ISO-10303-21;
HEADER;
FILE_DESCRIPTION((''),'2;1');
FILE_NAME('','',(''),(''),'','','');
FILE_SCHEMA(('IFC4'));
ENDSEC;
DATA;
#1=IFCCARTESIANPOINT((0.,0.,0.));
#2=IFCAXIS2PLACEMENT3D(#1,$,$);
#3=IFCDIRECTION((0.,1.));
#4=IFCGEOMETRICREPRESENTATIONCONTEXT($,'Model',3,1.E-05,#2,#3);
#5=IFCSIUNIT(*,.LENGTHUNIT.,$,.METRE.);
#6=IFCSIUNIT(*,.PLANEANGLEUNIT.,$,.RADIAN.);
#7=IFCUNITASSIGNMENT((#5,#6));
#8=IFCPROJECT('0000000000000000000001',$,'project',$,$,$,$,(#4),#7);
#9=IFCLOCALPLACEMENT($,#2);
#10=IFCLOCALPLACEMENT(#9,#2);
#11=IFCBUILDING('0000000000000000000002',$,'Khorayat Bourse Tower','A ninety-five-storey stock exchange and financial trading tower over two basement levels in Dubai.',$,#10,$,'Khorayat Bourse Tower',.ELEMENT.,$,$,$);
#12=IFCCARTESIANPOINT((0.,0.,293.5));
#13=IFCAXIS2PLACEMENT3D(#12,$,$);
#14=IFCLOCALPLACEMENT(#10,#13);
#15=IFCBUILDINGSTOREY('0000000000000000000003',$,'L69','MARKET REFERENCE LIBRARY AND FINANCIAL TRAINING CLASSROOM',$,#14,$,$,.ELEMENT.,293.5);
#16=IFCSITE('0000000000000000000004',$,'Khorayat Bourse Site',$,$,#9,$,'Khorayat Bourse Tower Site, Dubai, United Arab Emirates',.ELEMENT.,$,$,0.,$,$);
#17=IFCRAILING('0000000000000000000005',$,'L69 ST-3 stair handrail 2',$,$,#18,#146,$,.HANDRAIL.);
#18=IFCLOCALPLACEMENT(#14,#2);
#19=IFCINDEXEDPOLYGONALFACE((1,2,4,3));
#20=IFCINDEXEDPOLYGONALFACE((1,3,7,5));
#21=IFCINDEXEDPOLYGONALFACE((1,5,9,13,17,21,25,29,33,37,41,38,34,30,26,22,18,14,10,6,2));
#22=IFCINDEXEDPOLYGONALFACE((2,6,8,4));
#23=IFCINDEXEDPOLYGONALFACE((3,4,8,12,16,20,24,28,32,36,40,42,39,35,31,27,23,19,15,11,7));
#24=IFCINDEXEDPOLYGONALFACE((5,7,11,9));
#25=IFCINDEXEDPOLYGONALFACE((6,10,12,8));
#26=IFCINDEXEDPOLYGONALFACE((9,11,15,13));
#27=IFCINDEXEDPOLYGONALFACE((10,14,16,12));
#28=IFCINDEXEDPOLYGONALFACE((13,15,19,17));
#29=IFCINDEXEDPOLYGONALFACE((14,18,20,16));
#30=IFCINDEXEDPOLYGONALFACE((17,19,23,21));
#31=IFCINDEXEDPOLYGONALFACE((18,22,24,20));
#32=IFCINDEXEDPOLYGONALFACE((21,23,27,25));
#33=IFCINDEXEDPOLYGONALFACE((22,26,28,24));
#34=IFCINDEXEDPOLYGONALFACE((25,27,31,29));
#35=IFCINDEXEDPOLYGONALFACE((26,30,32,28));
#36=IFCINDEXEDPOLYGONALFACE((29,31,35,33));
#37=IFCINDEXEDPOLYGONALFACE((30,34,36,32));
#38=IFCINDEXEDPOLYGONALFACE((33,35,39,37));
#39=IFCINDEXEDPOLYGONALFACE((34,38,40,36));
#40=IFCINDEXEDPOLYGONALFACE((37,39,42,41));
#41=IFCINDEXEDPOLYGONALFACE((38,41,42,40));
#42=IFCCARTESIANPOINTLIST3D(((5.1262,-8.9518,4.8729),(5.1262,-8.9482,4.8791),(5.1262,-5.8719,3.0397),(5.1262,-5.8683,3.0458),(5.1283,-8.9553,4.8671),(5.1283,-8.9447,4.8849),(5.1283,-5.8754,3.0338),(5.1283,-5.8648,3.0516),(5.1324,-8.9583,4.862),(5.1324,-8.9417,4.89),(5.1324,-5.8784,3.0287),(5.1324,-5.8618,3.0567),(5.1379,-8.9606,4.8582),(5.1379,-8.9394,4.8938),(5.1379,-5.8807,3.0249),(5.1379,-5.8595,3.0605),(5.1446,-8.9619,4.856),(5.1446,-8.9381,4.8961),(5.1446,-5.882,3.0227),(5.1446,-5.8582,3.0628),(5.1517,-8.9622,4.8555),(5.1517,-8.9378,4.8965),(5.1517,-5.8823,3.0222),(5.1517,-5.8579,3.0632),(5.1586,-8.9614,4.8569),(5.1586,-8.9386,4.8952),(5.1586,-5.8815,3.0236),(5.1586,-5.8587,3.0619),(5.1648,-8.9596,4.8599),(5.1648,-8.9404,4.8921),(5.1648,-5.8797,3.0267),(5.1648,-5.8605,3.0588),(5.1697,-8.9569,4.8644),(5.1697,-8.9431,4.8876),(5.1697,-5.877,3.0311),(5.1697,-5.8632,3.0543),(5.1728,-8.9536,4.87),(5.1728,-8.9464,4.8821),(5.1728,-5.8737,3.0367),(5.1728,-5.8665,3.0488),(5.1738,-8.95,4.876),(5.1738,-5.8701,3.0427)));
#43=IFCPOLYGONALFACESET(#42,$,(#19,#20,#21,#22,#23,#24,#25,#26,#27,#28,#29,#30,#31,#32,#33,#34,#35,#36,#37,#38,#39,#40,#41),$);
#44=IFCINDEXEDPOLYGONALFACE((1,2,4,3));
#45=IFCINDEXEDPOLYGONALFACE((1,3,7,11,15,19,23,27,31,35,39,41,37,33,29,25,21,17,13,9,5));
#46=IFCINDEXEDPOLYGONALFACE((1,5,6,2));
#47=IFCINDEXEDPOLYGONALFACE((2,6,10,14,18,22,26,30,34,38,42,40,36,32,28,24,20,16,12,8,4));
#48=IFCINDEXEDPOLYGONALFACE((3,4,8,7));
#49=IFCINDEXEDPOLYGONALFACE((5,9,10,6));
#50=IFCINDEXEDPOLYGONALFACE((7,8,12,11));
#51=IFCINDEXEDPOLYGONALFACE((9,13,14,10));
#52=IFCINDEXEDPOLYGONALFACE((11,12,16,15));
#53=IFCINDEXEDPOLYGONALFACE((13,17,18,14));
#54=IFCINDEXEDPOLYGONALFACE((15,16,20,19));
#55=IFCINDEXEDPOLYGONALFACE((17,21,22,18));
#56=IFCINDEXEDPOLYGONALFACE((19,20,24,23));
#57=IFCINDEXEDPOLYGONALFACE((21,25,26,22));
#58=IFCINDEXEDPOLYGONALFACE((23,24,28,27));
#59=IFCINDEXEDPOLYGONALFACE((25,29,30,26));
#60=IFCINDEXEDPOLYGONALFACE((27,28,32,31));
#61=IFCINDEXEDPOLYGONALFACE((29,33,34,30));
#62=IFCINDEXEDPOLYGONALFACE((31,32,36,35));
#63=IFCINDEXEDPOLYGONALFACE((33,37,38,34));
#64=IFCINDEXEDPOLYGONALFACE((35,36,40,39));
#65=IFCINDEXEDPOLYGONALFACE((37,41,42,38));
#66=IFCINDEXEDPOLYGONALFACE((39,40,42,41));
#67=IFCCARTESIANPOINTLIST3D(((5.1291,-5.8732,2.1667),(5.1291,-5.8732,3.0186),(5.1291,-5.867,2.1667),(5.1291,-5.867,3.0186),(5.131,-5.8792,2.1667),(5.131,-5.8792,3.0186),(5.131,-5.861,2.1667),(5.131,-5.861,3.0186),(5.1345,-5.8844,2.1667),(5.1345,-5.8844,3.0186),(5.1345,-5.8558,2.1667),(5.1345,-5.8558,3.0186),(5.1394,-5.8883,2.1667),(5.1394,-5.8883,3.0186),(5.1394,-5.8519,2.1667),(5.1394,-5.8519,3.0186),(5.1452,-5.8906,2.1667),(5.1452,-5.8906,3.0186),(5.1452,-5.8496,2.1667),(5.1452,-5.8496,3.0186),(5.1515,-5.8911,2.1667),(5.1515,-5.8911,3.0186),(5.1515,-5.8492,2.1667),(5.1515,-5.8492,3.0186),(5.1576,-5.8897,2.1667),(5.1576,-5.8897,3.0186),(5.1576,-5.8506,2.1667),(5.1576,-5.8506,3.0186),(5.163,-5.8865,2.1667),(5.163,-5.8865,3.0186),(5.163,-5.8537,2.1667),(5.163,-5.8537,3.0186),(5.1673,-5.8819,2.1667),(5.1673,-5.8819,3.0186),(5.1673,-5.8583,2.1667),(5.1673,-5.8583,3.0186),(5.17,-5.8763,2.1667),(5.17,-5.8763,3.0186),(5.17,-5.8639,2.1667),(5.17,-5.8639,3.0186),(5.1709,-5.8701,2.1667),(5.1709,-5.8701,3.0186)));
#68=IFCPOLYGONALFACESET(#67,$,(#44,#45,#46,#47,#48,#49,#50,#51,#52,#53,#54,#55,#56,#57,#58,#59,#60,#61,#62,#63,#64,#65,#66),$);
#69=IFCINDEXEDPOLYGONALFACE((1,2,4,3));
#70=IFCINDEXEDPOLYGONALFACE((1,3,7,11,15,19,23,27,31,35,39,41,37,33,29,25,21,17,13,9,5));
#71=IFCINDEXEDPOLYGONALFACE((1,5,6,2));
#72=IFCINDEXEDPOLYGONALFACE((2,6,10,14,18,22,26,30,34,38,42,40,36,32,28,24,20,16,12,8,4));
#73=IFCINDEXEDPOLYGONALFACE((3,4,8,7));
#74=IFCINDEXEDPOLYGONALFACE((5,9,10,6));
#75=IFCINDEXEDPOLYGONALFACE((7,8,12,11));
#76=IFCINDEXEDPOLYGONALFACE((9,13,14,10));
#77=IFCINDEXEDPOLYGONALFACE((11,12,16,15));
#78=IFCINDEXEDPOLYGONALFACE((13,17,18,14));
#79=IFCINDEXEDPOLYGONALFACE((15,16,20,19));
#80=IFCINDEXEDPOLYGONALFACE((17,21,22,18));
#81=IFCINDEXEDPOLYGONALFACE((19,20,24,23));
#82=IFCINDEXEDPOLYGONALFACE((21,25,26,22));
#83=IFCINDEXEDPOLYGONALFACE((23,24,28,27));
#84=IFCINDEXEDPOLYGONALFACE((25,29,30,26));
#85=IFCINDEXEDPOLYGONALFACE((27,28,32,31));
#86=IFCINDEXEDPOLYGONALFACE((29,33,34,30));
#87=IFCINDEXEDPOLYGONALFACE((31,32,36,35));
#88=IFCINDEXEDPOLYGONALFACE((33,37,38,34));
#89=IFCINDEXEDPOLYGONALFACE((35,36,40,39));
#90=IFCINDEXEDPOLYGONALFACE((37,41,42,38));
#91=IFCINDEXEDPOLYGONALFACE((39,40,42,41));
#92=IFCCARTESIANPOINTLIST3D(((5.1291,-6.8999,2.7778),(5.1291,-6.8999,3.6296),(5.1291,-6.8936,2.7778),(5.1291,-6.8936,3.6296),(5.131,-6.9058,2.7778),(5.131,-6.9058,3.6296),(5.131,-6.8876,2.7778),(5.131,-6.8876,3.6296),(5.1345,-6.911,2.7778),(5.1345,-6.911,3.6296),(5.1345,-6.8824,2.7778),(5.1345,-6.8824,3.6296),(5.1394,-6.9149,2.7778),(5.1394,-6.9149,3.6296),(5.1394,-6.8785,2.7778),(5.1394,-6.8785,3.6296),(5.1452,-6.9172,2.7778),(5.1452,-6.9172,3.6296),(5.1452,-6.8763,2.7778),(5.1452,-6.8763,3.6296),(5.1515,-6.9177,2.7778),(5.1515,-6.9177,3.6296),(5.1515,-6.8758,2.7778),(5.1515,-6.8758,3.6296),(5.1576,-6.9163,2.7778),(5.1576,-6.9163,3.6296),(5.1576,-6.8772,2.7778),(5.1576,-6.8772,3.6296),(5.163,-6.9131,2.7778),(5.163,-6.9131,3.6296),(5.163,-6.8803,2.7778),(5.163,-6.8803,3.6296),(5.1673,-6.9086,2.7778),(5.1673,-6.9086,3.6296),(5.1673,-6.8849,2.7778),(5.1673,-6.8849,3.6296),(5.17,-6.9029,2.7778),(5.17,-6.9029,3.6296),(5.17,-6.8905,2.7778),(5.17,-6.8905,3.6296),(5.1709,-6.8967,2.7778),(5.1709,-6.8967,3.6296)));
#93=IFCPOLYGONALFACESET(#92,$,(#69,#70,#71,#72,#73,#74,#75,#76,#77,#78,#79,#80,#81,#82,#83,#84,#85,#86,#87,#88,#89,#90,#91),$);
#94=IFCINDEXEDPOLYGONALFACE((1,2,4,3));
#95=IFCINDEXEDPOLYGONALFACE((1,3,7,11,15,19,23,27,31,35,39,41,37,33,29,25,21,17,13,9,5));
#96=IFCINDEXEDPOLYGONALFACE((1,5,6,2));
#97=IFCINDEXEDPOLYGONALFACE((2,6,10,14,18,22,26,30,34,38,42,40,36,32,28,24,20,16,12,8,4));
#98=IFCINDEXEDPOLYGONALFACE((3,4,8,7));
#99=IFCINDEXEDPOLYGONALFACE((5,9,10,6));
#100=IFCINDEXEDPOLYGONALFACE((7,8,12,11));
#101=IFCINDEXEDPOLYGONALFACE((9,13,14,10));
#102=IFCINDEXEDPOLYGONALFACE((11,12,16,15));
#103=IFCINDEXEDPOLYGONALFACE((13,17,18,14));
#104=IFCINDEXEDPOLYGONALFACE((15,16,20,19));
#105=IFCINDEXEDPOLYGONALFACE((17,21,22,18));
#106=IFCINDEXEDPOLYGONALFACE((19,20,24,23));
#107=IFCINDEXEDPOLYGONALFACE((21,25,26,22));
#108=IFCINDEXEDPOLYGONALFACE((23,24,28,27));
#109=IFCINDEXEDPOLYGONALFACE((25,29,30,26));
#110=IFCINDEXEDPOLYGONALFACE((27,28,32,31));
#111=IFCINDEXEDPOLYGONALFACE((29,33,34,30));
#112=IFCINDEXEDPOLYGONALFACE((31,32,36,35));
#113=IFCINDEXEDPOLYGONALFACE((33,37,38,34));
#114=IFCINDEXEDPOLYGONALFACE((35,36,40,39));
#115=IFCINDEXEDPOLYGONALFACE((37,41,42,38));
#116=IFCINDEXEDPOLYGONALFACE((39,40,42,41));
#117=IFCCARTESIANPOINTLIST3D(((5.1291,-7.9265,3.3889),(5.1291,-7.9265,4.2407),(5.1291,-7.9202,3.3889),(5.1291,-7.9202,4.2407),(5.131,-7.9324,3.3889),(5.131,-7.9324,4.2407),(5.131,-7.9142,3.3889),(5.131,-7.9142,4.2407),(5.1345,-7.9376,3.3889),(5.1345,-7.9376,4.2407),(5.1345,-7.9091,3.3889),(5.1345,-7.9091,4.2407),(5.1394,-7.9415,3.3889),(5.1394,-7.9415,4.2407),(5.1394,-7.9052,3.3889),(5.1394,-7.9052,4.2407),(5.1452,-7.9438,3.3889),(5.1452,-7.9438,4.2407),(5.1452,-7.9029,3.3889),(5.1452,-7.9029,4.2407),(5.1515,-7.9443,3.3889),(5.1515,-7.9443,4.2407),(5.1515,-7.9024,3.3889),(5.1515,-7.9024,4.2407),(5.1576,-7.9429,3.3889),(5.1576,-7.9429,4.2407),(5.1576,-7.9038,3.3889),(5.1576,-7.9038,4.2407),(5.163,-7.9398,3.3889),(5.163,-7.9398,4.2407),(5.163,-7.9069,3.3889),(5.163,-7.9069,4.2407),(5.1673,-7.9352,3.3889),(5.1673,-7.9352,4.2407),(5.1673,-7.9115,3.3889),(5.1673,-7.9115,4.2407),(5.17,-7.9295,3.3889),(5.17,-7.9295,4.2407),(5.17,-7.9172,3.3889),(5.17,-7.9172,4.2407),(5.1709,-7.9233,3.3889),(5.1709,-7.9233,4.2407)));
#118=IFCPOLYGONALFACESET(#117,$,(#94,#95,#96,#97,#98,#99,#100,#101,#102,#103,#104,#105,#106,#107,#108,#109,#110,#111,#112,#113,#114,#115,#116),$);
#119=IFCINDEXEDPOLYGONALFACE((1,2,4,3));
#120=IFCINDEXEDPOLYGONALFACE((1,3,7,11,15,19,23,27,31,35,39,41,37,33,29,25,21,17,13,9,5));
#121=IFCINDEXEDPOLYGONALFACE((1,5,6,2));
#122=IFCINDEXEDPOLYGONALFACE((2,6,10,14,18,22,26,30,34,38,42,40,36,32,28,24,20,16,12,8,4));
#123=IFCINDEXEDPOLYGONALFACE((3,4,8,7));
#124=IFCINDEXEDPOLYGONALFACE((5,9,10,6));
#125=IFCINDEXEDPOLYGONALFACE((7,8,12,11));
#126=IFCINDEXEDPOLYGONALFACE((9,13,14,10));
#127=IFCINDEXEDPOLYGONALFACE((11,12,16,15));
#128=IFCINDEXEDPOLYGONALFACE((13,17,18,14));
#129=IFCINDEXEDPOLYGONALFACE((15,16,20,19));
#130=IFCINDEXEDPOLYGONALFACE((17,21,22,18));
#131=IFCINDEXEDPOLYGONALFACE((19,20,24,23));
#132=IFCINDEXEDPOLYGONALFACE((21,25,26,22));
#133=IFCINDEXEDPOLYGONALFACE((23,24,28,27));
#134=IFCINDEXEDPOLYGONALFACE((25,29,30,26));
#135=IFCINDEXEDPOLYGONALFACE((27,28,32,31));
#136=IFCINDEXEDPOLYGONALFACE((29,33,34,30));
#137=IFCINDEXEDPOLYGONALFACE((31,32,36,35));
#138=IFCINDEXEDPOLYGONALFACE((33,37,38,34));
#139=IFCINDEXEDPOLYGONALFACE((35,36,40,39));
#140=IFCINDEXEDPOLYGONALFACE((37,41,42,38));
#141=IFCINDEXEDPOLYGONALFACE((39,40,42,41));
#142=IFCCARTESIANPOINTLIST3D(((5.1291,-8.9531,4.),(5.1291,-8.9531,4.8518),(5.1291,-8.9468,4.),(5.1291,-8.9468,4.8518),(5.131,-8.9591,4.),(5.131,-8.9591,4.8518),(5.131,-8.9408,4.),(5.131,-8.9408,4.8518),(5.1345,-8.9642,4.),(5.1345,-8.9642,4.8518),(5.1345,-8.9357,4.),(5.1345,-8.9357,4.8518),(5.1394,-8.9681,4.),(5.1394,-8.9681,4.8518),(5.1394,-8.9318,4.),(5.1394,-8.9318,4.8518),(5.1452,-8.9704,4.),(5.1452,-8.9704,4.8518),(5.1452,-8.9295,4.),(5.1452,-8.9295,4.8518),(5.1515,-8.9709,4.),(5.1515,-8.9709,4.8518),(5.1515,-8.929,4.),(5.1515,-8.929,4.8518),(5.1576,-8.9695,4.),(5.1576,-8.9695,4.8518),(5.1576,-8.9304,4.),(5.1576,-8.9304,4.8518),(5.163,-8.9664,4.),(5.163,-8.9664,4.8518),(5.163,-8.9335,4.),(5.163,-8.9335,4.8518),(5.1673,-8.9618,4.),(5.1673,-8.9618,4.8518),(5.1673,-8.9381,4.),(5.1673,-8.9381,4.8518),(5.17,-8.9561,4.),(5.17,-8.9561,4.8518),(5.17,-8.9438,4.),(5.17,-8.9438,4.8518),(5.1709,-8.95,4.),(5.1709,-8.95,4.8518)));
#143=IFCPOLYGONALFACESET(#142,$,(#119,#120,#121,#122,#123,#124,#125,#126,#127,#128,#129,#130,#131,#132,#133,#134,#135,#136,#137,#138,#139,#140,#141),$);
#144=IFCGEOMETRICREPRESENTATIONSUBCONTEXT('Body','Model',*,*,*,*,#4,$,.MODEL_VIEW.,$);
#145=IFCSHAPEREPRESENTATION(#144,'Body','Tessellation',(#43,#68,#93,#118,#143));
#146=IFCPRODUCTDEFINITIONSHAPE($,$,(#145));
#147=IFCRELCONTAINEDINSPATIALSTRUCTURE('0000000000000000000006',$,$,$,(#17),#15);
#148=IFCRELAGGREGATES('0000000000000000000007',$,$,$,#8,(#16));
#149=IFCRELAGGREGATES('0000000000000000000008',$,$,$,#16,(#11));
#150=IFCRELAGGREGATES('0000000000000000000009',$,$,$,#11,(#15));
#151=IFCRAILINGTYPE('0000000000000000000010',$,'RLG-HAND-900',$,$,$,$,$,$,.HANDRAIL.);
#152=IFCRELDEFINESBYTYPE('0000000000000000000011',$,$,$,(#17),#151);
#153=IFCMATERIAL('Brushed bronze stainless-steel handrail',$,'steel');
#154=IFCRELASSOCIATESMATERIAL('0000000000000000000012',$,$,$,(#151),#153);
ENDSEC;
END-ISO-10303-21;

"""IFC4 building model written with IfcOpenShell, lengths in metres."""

from ifc_helpers import new_model, si_unit, direction, frame, origin, origin_2d, place, context, subcontext, project, spatial, circle, extrude, source, transform, mapped, material, type_object, element, save


model = new_model("IFC4")

# Units and contexts
model_context = context("Model", 3, precision=1e-05, world=origin(), true_north=direction((0.0, 1.0)))
body_context = subcontext(model_context, "Body", "Model", "MODEL_VIEW")
ifc_project = project(units=[si_unit("LENGTHUNIT", "METRE"), si_unit("PLANEANGLEUNIT", "RADIAN")], contexts=[model_context])

# Site, building, storey
site_placement = place(None, origin())
site = spatial("IfcSite", under=ifc_project, at=site_placement, Name="Khorayat Bourse Site", LongName="Khorayat Bourse Tower Site, Dubai, United Arab Emirates", CompositionType="ELEMENT", RefElevation=0.0)
building_placement = place(site_placement, origin())
building = spatial("IfcBuilding", under=site, at=building_placement, Name="Khorayat Bourse Tower", Description="A ninety-five-storey stock exchange and financial trading tower over two basement levels in Dubai.", LongName="Khorayat Bourse Tower", CompositionType="ELEMENT")
storey_placement = place(building_placement, frame((0.0, 0.0, 293.5)))
storey = spatial("IfcBuildingStorey", under=building, at=storey_placement, Name="L69", Description="MARKET REFERENCE LIBRARY AND FINANCIAL TRAINING CLASSROOM", CompositionType="ELEMENT", Elevation=293.5)

# Railing
ifc_material_1 = material(Name="Brushed bronze stainless-steel handrail", Category="steel")
railing_type_1 = type_object("IfcRailingType", Name="RLG-HAND-900", PredefinedType="HANDRAIL", material=ifc_material_1)
shared_shape_1 = source(origin(), body_context, "Body", "SweptSolid", [
    extrude(circle(Radius=0.0239, at=origin_2d()), frame((0.0, 0.0, 0.876), z_axis=(0.0, -0.859291, 0.511487), x_axis=(1.0, 0.0, 0.0)), (0.0, 0.0, 1.0), 3.5842),
    extrude(circle(Radius=0.021, at=origin_2d()), origin(), (0.0, 0.0, 1.0), 0.8518),
    extrude(circle(Radius=0.021, at=origin_2d()), frame((0.0, -1.0266, 0.6111)), (0.0, 0.0, 1.0), 0.8518),
    extrude(circle(Radius=0.021, at=origin_2d()), frame((0.0, -2.0532, 1.2222)), (0.0, 0.0, 1.0), 0.8518),
    extrude(circle(Radius=0.021, at=origin_2d()), frame((0.0, -3.0798, 1.8333)), (0.0, 0.0, 1.0), 0.8518),
])
railing_1_placement = place(storey_placement, frame((5.1499, -5.8701, 2.1667)))
element("IfcRailing", 1, at=railing_1_placement, inside=storey, type_object=railing_type_1, Name="L69 ST-3 stair handrail 2", PredefinedType="HANDRAIL", context=body_context, shape_type="MappedRepresentation", body=[
    mapped(shared_shape_1, transform((0.0, 0.0, 0.0), scale=1.0)),
])

save(model, "model.ifc")
